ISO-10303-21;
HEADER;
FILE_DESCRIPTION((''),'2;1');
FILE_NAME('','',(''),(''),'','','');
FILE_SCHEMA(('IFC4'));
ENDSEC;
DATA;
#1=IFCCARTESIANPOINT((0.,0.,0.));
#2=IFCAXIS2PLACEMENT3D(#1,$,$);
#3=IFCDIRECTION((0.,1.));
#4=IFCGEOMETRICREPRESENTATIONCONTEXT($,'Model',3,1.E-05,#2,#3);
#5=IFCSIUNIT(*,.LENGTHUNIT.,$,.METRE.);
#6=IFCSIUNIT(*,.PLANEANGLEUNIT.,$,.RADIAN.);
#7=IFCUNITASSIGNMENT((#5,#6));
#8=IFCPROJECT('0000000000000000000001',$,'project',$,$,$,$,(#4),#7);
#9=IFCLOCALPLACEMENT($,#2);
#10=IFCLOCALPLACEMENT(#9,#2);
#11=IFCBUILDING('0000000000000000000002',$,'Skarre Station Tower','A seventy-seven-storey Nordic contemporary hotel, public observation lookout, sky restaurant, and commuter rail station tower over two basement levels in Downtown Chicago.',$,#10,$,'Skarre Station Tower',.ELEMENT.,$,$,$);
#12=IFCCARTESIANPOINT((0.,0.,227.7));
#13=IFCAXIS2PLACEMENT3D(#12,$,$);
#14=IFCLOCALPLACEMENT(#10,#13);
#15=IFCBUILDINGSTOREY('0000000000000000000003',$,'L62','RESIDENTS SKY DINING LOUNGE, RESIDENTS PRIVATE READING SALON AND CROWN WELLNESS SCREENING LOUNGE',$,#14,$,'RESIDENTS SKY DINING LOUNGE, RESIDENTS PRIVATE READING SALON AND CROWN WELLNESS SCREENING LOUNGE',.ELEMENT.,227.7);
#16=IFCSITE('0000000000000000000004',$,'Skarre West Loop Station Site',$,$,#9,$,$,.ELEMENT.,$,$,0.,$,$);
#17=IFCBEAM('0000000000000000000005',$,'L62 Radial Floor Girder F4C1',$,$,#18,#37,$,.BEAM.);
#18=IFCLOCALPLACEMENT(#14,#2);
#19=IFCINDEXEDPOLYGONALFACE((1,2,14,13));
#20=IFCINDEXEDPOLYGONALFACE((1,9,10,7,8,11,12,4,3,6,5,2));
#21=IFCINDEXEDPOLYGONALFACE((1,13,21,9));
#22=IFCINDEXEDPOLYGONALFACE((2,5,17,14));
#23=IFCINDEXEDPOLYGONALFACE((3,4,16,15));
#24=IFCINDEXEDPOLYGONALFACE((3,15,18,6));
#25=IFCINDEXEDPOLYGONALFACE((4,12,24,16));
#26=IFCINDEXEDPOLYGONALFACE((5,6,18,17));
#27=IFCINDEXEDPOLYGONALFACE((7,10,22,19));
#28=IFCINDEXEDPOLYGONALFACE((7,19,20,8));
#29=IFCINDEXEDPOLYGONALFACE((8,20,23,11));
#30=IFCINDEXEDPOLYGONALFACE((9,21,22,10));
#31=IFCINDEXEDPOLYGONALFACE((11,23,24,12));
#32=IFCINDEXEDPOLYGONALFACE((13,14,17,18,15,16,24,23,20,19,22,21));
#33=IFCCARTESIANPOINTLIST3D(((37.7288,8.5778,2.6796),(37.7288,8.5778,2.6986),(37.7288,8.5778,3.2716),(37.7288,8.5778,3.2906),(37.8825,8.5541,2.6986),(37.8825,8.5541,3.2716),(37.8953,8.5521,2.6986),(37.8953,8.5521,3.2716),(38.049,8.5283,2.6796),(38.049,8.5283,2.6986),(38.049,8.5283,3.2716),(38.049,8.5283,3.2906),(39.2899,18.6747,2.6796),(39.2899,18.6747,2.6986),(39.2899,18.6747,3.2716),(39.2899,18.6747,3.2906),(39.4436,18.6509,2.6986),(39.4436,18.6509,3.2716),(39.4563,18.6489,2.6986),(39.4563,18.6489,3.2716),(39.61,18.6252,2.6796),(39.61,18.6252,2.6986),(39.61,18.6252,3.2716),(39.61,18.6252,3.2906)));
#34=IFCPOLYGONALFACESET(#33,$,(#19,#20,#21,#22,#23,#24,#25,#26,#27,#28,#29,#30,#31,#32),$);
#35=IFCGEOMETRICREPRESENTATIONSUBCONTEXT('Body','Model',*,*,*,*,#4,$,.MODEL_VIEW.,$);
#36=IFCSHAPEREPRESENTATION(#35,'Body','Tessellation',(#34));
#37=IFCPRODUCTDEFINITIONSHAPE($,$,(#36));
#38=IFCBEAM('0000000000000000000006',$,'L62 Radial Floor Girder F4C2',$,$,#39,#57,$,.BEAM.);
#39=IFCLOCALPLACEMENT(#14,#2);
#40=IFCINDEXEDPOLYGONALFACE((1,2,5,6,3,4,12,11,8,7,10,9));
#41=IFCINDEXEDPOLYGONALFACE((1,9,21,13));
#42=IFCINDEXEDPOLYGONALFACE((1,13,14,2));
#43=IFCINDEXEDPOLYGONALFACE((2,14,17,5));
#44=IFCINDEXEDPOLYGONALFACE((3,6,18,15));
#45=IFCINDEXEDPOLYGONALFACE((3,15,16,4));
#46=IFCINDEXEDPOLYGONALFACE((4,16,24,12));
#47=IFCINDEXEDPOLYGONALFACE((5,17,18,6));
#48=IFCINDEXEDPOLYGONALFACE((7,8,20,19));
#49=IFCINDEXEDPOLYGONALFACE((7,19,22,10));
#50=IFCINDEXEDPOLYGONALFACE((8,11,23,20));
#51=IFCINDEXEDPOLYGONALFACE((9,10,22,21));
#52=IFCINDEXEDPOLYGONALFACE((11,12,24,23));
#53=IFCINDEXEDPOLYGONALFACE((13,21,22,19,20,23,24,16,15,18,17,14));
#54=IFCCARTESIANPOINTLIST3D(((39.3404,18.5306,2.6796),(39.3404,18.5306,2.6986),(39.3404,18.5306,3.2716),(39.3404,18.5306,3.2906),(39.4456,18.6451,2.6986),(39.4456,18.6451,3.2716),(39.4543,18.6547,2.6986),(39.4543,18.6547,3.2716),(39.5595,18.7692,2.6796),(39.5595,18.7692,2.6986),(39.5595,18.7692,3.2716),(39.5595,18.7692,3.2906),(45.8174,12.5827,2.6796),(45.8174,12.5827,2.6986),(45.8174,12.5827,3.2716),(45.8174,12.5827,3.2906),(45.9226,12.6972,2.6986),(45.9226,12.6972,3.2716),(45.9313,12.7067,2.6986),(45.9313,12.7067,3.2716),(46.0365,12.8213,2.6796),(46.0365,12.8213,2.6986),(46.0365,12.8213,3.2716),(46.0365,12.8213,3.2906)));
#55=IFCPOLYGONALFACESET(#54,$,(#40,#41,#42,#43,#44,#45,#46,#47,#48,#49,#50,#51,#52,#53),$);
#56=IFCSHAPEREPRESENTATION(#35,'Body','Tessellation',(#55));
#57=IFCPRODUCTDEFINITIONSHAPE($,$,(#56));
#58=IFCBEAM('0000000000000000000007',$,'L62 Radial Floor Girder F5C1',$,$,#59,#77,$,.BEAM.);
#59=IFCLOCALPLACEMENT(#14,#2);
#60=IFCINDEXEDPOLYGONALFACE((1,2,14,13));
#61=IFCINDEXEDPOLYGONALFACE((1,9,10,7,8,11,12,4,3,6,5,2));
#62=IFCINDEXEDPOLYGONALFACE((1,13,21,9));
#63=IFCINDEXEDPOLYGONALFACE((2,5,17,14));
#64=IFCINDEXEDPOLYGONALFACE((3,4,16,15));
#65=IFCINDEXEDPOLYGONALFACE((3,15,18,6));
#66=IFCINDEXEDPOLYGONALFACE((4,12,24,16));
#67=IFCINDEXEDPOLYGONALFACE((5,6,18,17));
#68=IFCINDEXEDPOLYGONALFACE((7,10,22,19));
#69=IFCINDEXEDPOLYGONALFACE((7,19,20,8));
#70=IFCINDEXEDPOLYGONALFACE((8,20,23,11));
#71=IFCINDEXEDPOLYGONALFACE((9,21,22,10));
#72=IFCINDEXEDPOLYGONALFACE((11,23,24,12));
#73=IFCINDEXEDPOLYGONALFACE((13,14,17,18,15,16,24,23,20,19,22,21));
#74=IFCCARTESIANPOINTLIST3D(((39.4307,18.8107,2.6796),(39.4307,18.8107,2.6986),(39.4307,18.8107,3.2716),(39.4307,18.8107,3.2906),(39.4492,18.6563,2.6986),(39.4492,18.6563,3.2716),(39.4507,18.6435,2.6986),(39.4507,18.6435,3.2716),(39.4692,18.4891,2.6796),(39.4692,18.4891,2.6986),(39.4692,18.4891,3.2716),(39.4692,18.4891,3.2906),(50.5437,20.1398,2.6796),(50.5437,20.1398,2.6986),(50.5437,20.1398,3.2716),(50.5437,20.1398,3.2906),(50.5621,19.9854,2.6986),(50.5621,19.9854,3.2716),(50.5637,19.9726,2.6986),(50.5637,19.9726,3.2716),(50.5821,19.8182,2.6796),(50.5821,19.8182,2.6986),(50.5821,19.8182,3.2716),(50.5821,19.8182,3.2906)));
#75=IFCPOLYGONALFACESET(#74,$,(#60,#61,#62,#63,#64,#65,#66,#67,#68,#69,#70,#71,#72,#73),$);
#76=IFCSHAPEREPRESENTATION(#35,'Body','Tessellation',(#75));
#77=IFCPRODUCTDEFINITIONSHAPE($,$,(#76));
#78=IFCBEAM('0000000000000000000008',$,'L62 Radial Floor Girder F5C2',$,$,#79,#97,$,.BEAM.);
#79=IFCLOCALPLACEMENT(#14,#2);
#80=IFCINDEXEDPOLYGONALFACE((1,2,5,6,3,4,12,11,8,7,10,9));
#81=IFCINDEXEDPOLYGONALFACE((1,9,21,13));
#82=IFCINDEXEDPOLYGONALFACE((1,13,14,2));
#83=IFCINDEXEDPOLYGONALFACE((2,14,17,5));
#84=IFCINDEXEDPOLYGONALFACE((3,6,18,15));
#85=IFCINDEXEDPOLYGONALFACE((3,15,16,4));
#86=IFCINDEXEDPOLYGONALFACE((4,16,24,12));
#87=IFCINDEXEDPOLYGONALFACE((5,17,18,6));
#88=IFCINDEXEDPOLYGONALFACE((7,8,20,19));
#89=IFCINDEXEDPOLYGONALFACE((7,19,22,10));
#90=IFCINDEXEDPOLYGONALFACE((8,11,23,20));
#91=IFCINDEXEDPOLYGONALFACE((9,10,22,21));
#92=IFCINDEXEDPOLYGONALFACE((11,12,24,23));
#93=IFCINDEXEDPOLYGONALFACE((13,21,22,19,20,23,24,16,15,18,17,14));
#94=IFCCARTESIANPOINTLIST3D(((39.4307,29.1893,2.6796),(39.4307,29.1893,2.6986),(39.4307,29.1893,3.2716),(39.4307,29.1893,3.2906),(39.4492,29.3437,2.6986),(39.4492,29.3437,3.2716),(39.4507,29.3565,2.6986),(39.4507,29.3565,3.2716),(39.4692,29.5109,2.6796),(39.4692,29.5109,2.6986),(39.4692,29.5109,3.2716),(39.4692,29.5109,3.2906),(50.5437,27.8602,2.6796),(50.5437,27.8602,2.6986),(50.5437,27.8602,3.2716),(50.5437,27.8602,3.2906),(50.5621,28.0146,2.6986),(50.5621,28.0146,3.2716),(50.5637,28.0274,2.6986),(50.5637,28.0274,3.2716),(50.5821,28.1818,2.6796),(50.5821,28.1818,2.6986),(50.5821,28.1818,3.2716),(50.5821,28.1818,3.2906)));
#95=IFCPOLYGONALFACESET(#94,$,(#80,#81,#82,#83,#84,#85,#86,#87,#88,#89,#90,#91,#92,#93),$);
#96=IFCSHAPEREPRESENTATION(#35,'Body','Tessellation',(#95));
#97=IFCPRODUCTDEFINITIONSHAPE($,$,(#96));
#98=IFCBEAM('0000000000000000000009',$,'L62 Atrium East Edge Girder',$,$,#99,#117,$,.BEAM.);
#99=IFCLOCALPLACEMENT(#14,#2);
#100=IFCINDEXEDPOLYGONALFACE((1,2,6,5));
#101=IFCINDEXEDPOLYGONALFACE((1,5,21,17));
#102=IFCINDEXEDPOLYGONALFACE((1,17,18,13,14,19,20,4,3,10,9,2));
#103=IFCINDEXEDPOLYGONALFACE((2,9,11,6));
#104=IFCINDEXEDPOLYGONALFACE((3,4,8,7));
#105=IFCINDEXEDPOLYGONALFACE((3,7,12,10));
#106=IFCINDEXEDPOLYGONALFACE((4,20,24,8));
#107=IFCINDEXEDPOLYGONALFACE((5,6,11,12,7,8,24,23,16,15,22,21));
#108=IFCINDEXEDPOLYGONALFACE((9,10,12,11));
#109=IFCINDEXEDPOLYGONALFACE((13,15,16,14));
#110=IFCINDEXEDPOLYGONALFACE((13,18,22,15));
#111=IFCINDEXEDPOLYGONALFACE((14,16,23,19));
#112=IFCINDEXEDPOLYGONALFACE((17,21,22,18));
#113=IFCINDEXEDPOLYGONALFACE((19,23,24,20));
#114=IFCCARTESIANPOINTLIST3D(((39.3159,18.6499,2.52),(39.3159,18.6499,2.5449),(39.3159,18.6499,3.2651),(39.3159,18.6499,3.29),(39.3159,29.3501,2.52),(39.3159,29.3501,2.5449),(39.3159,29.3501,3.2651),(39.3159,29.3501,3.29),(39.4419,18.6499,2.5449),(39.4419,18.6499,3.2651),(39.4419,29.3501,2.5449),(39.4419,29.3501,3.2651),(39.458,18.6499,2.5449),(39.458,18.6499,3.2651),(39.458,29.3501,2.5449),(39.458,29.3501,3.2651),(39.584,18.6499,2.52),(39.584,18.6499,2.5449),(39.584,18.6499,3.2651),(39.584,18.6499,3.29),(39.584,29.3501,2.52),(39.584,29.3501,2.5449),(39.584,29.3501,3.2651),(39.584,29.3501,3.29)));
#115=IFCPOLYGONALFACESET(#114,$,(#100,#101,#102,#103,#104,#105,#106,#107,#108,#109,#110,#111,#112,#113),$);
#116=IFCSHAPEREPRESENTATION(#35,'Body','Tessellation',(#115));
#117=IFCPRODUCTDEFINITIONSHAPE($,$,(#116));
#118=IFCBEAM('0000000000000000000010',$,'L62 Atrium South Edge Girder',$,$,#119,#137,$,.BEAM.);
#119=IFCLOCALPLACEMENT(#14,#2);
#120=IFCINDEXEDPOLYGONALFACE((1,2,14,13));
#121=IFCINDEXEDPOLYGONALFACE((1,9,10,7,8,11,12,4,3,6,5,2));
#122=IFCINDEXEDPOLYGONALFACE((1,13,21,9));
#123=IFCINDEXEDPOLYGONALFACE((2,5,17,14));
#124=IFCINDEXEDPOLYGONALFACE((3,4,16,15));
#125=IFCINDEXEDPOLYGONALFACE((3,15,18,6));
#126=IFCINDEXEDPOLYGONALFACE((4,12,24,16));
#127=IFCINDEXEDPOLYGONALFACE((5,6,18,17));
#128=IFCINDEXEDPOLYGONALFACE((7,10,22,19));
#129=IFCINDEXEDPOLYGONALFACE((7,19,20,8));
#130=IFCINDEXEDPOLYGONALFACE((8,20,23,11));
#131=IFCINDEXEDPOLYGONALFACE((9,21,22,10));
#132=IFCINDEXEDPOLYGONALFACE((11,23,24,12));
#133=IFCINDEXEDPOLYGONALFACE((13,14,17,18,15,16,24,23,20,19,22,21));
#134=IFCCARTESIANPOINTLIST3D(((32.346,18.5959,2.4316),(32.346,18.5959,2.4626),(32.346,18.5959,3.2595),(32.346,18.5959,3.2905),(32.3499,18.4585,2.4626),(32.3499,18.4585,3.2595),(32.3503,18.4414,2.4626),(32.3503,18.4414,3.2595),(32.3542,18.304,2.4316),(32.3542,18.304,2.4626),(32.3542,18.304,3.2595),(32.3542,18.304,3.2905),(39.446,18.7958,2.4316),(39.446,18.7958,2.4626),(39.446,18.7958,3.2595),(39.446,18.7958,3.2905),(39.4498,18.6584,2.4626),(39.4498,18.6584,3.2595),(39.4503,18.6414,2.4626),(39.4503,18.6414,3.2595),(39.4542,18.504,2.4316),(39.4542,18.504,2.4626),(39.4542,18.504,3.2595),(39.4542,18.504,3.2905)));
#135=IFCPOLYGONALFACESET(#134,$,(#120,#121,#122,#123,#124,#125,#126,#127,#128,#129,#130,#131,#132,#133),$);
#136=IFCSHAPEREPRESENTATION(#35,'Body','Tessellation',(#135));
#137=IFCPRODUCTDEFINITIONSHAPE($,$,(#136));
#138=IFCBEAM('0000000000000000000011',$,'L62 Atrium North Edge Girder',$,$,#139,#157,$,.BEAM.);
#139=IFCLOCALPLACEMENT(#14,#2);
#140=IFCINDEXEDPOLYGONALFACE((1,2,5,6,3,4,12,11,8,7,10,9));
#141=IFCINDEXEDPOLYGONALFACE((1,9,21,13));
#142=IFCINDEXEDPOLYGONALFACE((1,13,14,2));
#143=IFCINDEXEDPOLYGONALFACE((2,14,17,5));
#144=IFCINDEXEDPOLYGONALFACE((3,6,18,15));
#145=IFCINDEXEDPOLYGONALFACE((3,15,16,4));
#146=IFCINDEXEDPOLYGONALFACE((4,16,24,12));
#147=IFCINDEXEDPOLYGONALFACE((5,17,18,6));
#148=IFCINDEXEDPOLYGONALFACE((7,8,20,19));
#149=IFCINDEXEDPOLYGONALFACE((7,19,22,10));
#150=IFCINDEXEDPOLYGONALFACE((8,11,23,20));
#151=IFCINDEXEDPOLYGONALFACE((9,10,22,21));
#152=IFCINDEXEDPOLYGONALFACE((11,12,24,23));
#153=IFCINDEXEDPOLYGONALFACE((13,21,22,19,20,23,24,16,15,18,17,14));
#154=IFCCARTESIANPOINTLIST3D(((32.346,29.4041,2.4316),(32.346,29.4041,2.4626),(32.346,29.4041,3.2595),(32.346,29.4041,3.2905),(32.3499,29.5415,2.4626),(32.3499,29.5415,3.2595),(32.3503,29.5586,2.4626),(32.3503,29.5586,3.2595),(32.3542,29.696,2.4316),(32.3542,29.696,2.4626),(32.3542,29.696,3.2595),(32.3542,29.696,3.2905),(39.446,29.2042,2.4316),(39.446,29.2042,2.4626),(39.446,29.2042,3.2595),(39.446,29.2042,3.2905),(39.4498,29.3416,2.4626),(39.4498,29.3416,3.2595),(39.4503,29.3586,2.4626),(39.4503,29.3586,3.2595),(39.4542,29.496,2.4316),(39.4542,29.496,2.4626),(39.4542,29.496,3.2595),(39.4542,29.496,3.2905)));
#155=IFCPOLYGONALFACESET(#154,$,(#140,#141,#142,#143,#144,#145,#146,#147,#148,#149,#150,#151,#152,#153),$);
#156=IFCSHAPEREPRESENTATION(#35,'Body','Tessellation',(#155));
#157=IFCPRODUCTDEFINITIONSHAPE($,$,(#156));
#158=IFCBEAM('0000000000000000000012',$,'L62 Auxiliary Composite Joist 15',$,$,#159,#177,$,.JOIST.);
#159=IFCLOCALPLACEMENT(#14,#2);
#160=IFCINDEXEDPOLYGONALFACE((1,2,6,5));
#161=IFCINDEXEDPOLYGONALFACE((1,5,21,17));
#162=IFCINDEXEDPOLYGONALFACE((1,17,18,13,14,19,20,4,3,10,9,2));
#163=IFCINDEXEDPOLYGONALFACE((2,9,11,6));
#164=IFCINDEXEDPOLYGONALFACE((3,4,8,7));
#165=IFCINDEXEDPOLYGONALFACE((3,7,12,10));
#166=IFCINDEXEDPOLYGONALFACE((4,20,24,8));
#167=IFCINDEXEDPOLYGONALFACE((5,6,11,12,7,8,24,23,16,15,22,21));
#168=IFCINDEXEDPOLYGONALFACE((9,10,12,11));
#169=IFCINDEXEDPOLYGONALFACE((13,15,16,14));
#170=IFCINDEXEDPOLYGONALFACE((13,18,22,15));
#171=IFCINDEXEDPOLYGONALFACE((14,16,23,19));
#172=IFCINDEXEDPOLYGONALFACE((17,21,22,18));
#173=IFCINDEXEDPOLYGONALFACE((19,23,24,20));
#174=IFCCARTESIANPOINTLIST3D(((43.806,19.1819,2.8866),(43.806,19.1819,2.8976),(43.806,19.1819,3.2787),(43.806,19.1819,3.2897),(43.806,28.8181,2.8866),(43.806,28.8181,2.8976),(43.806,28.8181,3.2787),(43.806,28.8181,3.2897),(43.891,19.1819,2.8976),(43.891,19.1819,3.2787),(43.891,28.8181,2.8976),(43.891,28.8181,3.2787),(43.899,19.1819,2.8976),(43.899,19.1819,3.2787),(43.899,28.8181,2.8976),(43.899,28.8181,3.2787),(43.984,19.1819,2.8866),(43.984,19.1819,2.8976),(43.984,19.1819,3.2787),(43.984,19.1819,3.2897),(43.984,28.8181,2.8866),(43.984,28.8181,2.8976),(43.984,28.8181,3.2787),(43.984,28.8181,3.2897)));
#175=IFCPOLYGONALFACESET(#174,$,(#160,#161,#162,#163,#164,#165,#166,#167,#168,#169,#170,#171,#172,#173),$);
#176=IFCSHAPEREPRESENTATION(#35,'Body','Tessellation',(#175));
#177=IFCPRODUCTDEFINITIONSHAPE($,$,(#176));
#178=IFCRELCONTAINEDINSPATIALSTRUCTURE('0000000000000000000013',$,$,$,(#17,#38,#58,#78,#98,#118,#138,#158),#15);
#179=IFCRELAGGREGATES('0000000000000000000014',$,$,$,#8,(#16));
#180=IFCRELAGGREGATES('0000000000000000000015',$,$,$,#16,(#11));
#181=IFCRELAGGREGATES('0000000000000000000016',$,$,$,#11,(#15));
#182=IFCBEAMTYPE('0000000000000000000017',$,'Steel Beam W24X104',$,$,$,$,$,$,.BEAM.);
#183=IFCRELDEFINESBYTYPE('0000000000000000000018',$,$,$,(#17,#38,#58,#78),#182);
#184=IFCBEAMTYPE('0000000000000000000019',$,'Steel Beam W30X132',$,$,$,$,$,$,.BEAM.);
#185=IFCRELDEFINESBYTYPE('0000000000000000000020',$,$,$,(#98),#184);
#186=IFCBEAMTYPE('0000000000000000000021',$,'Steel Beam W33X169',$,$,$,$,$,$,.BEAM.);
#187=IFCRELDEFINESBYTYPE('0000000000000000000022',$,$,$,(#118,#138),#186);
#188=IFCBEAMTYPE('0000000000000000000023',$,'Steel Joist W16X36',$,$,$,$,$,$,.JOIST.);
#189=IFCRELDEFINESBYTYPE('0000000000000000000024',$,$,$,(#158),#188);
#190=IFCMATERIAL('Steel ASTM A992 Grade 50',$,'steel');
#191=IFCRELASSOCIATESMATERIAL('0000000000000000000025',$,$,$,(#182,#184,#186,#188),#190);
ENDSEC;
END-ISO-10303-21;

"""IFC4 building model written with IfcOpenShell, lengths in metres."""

from ifc_helpers import new_model, si_unit, direction, frame, origin, origin_2d, place, context, subcontext, project, spatial, i_section, extrude, material, material_profile, profile_set, type_object, element, save


model = new_model("IFC4")

# Units and contexts
model_context = context("Model", 3, precision=1e-05, world=origin(), true_north=direction((0.0, 1.0)))
body_context = subcontext(model_context, "Body", "Model", "MODEL_VIEW")
ifc_project = project(units=[si_unit("LENGTHUNIT", "METRE"), si_unit("PLANEANGLEUNIT", "RADIAN")], contexts=[model_context])

# Site, building, storey
site_placement = place(None, origin())
site = spatial("IfcSite", under=ifc_project, at=site_placement, Name="Skarre West Loop Station Site", CompositionType="ELEMENT", RefElevation=0.0)
building_placement = place(site_placement, origin())
building = spatial("IfcBuilding", under=site, at=building_placement, Name="Skarre Station Tower", Description="A seventy-seven-storey Nordic contemporary hotel, public observation lookout, sky restaurant, and commuter rail station tower over two basement levels in Downtown Chicago.", LongName="Skarre Station Tower", CompositionType="ELEMENT")
storey_placement = place(building_placement, frame((0.0, 0.0, 227.7)))
storey = spatial("IfcBuildingStorey", under=building, at=storey_placement, Name="L62", Description="RESIDENTS SKY DINING LOUNGE, RESIDENTS PRIVATE READING SALON AND CROWN WELLNESS SCREENING LOUNGE", LongName="RESIDENTS SKY DINING LOUNGE, RESIDENTS PRIVATE READING SALON AND CROWN WELLNESS SCREENING LOUNGE", CompositionType="ELEMENT", Elevation=227.7)

# Beams
ifc_material_1 = material(Name="Steel ASTM A992 Grade 50", Category="steel")
ifc_material_profile_1 = material_profile(ifc_material_1, i_section(OverallWidth=0.324, OverallDepth=0.6111, WebThickness=0.0129, FlangeThickness=0.019, at=origin_2d()), Name="Steel ASTM A992 Grade 50")
ifc_profile_set_1 = profile_set([ifc_material_profile_1], Name="Steel ASTM A992 Grade 50")
beam_type_1 = type_object("IfcBeamType", Name="Steel Beam W24X104", PredefinedType="BEAM", material=ifc_profile_set_1)
beam_1_placement = place(storey_placement, frame((39.45, 18.6499, 2.9851), z_axis=(-0.15279, -0.988259, 0.0), x_axis=(0.988259, -0.15279, 0.0)))
element("IfcBeam", 1, at=beam_1_placement, inside=storey, type_object=beam_type_1, Name="L62 Radial Floor Girder F4C1", PredefinedType="BEAM", context=body_context, shape_type="SweptSolid", body=[
    extrude(i_section(OverallWidth=0.324, OverallDepth=0.6111, WebThickness=0.0129, FlangeThickness=0.019, at=origin_2d()), origin(), (0.0, 0.0, 1.0), 10.2168),
])
beam_2_placement = place(storey_placement, frame((39.45, 18.6499, 2.9851), z_axis=(0.736548, -0.676386, 0.0), x_axis=(0.676386, 0.736548, 0.0)))
element("IfcBeam", 2, at=beam_2_placement, inside=storey, type_object=beam_type_1, Name="L62 Radial Floor Girder F4C2", PredefinedType="BEAM", context=body_context, shape_type="SweptSolid", body=[
    extrude(i_section(OverallWidth=0.324, OverallDepth=0.6111, WebThickness=0.0129, FlangeThickness=0.019, at=origin_2d()), origin(), (0.0, 0.0, 1.0), 8.7937),
])
for number, where, z_axis, x_axis, name in (
    (3, (39.45, 18.6499, 2.9851), (0.992924, 0.118752, 0.0), (-0.118752, 0.992924, 0.0), "L62 Radial Floor Girder F5C1"),
    (4, (39.45, 29.3501, 2.9851), (0.992924, -0.118752, 0.0), (0.118752, 0.992924, 0.0), "L62 Radial Floor Girder F5C2"),
):
    element("IfcBeam", number, at=place(storey_placement, frame(where, z_axis=z_axis, x_axis=x_axis)), inside=storey, type_object=beam_type_1, Name=name, PredefinedType="BEAM", context=body_context, shape_type="SweptSolid", body=[
        extrude(i_section(OverallWidth=0.324, OverallDepth=0.6111, WebThickness=0.0129, FlangeThickness=0.019, at=origin_2d()), origin(), (0.0, 0.0, 1.0), 11.1921),
    ])
ifc_material_profile_2 = material_profile(ifc_material_1, i_section(OverallWidth=0.2681, OverallDepth=0.77, WebThickness=0.0161, FlangeThickness=0.0249, at=origin_2d()), Name="Steel ASTM A992 Grade 50")
ifc_profile_set_2 = profile_set([ifc_material_profile_2], Name="Steel ASTM A992 Grade 50")
beam_type_2 = type_object("IfcBeamType", Name="Steel Beam W30X132", PredefinedType="BEAM", material=ifc_profile_set_2)
beam_3_placement = place(storey_placement, frame((39.45, 18.6499, 2.905), z_axis=(0.0, 1.0, 0.0), x_axis=(-1.0, 0.0, 0.0)))
element("IfcBeam", 5, at=beam_3_placement, inside=storey, type_object=beam_type_2, Name="L62 Atrium East Edge Girder", PredefinedType="BEAM", context=body_context, shape_type="SweptSolid", body=[
    extrude(i_section(OverallWidth=0.2681, OverallDepth=0.77, WebThickness=0.0161, FlangeThickness=0.0249, at=origin_2d()), origin(), (0.0, 0.0, 1.0), 10.7002),
])
ifc_material_profile_3 = material_profile(ifc_material_1, i_section(OverallWidth=0.292, OverallDepth=0.8589, WebThickness=0.0171, FlangeThickness=0.031, at=origin_2d()), Name="Steel ASTM A992 Grade 50")
ifc_profile_set_3 = profile_set([ifc_material_profile_3], Name="Steel ASTM A992 Grade 50")
beam_type_3 = type_object("IfcBeamType", Name="Steel Beam W33X169", PredefinedType="BEAM", material=ifc_profile_set_3)
for number, where, z_axis, x_axis, name in (
    (6, (32.3501, 18.45, 2.8611), (0.999604, 0.028152, 0.0), (-0.028152, 0.999604, 0.0), "L62 Atrium South Edge Girder"),
    (7, (32.3501, 29.55, 2.8611), (0.999604, -0.028152, 0.0), (0.028152, 0.999604, 0.0), "L62 Atrium North Edge Girder"),
):
    element("IfcBeam", number, at=place(storey_placement, frame(where, z_axis=z_axis, x_axis=x_axis)), inside=storey, type_object=beam_type_3, Name=name, PredefinedType="BEAM", context=body_context, shape_type="SweptSolid", body=[
        extrude(i_section(OverallWidth=0.292, OverallDepth=0.8589, WebThickness=0.0171, FlangeThickness=0.031, at=origin_2d()), origin(), (0.0, 0.0, 1.0), 7.1028),
    ])
ifc_material_profile_4 = material_profile(ifc_material_1, i_section(OverallWidth=0.178, OverallDepth=0.4031, WebThickness=0.0081, FlangeThickness=0.011, at=origin_2d()), Name="Steel ASTM A992 Grade 50")
ifc_profile_set_4 = profile_set([ifc_material_profile_4], Name="Steel ASTM A992 Grade 50")
beam_type_4 = type_object("IfcBeamType", Name="Steel Joist W16X36", PredefinedType="JOIST", material=ifc_profile_set_4)
beam_4_placement = place(storey_placement, frame((43.895, 19.1819, 3.0881), z_axis=(0.0, 1.0, 0.0), x_axis=(-1.0, 0.0, 0.0)))
element("IfcBeam", 8, at=beam_4_placement, inside=storey, type_object=beam_type_4, Name="L62 Auxiliary Composite Joist 15", PredefinedType="JOIST", context=body_context, shape_type="SweptSolid", body=[
    extrude(i_section(OverallWidth=0.178, OverallDepth=0.4031, WebThickness=0.0081, FlangeThickness=0.011, at=origin_2d()), origin(), (0.0, 0.0, 1.0), 9.6362),
])

save(model, "model.ifc")
